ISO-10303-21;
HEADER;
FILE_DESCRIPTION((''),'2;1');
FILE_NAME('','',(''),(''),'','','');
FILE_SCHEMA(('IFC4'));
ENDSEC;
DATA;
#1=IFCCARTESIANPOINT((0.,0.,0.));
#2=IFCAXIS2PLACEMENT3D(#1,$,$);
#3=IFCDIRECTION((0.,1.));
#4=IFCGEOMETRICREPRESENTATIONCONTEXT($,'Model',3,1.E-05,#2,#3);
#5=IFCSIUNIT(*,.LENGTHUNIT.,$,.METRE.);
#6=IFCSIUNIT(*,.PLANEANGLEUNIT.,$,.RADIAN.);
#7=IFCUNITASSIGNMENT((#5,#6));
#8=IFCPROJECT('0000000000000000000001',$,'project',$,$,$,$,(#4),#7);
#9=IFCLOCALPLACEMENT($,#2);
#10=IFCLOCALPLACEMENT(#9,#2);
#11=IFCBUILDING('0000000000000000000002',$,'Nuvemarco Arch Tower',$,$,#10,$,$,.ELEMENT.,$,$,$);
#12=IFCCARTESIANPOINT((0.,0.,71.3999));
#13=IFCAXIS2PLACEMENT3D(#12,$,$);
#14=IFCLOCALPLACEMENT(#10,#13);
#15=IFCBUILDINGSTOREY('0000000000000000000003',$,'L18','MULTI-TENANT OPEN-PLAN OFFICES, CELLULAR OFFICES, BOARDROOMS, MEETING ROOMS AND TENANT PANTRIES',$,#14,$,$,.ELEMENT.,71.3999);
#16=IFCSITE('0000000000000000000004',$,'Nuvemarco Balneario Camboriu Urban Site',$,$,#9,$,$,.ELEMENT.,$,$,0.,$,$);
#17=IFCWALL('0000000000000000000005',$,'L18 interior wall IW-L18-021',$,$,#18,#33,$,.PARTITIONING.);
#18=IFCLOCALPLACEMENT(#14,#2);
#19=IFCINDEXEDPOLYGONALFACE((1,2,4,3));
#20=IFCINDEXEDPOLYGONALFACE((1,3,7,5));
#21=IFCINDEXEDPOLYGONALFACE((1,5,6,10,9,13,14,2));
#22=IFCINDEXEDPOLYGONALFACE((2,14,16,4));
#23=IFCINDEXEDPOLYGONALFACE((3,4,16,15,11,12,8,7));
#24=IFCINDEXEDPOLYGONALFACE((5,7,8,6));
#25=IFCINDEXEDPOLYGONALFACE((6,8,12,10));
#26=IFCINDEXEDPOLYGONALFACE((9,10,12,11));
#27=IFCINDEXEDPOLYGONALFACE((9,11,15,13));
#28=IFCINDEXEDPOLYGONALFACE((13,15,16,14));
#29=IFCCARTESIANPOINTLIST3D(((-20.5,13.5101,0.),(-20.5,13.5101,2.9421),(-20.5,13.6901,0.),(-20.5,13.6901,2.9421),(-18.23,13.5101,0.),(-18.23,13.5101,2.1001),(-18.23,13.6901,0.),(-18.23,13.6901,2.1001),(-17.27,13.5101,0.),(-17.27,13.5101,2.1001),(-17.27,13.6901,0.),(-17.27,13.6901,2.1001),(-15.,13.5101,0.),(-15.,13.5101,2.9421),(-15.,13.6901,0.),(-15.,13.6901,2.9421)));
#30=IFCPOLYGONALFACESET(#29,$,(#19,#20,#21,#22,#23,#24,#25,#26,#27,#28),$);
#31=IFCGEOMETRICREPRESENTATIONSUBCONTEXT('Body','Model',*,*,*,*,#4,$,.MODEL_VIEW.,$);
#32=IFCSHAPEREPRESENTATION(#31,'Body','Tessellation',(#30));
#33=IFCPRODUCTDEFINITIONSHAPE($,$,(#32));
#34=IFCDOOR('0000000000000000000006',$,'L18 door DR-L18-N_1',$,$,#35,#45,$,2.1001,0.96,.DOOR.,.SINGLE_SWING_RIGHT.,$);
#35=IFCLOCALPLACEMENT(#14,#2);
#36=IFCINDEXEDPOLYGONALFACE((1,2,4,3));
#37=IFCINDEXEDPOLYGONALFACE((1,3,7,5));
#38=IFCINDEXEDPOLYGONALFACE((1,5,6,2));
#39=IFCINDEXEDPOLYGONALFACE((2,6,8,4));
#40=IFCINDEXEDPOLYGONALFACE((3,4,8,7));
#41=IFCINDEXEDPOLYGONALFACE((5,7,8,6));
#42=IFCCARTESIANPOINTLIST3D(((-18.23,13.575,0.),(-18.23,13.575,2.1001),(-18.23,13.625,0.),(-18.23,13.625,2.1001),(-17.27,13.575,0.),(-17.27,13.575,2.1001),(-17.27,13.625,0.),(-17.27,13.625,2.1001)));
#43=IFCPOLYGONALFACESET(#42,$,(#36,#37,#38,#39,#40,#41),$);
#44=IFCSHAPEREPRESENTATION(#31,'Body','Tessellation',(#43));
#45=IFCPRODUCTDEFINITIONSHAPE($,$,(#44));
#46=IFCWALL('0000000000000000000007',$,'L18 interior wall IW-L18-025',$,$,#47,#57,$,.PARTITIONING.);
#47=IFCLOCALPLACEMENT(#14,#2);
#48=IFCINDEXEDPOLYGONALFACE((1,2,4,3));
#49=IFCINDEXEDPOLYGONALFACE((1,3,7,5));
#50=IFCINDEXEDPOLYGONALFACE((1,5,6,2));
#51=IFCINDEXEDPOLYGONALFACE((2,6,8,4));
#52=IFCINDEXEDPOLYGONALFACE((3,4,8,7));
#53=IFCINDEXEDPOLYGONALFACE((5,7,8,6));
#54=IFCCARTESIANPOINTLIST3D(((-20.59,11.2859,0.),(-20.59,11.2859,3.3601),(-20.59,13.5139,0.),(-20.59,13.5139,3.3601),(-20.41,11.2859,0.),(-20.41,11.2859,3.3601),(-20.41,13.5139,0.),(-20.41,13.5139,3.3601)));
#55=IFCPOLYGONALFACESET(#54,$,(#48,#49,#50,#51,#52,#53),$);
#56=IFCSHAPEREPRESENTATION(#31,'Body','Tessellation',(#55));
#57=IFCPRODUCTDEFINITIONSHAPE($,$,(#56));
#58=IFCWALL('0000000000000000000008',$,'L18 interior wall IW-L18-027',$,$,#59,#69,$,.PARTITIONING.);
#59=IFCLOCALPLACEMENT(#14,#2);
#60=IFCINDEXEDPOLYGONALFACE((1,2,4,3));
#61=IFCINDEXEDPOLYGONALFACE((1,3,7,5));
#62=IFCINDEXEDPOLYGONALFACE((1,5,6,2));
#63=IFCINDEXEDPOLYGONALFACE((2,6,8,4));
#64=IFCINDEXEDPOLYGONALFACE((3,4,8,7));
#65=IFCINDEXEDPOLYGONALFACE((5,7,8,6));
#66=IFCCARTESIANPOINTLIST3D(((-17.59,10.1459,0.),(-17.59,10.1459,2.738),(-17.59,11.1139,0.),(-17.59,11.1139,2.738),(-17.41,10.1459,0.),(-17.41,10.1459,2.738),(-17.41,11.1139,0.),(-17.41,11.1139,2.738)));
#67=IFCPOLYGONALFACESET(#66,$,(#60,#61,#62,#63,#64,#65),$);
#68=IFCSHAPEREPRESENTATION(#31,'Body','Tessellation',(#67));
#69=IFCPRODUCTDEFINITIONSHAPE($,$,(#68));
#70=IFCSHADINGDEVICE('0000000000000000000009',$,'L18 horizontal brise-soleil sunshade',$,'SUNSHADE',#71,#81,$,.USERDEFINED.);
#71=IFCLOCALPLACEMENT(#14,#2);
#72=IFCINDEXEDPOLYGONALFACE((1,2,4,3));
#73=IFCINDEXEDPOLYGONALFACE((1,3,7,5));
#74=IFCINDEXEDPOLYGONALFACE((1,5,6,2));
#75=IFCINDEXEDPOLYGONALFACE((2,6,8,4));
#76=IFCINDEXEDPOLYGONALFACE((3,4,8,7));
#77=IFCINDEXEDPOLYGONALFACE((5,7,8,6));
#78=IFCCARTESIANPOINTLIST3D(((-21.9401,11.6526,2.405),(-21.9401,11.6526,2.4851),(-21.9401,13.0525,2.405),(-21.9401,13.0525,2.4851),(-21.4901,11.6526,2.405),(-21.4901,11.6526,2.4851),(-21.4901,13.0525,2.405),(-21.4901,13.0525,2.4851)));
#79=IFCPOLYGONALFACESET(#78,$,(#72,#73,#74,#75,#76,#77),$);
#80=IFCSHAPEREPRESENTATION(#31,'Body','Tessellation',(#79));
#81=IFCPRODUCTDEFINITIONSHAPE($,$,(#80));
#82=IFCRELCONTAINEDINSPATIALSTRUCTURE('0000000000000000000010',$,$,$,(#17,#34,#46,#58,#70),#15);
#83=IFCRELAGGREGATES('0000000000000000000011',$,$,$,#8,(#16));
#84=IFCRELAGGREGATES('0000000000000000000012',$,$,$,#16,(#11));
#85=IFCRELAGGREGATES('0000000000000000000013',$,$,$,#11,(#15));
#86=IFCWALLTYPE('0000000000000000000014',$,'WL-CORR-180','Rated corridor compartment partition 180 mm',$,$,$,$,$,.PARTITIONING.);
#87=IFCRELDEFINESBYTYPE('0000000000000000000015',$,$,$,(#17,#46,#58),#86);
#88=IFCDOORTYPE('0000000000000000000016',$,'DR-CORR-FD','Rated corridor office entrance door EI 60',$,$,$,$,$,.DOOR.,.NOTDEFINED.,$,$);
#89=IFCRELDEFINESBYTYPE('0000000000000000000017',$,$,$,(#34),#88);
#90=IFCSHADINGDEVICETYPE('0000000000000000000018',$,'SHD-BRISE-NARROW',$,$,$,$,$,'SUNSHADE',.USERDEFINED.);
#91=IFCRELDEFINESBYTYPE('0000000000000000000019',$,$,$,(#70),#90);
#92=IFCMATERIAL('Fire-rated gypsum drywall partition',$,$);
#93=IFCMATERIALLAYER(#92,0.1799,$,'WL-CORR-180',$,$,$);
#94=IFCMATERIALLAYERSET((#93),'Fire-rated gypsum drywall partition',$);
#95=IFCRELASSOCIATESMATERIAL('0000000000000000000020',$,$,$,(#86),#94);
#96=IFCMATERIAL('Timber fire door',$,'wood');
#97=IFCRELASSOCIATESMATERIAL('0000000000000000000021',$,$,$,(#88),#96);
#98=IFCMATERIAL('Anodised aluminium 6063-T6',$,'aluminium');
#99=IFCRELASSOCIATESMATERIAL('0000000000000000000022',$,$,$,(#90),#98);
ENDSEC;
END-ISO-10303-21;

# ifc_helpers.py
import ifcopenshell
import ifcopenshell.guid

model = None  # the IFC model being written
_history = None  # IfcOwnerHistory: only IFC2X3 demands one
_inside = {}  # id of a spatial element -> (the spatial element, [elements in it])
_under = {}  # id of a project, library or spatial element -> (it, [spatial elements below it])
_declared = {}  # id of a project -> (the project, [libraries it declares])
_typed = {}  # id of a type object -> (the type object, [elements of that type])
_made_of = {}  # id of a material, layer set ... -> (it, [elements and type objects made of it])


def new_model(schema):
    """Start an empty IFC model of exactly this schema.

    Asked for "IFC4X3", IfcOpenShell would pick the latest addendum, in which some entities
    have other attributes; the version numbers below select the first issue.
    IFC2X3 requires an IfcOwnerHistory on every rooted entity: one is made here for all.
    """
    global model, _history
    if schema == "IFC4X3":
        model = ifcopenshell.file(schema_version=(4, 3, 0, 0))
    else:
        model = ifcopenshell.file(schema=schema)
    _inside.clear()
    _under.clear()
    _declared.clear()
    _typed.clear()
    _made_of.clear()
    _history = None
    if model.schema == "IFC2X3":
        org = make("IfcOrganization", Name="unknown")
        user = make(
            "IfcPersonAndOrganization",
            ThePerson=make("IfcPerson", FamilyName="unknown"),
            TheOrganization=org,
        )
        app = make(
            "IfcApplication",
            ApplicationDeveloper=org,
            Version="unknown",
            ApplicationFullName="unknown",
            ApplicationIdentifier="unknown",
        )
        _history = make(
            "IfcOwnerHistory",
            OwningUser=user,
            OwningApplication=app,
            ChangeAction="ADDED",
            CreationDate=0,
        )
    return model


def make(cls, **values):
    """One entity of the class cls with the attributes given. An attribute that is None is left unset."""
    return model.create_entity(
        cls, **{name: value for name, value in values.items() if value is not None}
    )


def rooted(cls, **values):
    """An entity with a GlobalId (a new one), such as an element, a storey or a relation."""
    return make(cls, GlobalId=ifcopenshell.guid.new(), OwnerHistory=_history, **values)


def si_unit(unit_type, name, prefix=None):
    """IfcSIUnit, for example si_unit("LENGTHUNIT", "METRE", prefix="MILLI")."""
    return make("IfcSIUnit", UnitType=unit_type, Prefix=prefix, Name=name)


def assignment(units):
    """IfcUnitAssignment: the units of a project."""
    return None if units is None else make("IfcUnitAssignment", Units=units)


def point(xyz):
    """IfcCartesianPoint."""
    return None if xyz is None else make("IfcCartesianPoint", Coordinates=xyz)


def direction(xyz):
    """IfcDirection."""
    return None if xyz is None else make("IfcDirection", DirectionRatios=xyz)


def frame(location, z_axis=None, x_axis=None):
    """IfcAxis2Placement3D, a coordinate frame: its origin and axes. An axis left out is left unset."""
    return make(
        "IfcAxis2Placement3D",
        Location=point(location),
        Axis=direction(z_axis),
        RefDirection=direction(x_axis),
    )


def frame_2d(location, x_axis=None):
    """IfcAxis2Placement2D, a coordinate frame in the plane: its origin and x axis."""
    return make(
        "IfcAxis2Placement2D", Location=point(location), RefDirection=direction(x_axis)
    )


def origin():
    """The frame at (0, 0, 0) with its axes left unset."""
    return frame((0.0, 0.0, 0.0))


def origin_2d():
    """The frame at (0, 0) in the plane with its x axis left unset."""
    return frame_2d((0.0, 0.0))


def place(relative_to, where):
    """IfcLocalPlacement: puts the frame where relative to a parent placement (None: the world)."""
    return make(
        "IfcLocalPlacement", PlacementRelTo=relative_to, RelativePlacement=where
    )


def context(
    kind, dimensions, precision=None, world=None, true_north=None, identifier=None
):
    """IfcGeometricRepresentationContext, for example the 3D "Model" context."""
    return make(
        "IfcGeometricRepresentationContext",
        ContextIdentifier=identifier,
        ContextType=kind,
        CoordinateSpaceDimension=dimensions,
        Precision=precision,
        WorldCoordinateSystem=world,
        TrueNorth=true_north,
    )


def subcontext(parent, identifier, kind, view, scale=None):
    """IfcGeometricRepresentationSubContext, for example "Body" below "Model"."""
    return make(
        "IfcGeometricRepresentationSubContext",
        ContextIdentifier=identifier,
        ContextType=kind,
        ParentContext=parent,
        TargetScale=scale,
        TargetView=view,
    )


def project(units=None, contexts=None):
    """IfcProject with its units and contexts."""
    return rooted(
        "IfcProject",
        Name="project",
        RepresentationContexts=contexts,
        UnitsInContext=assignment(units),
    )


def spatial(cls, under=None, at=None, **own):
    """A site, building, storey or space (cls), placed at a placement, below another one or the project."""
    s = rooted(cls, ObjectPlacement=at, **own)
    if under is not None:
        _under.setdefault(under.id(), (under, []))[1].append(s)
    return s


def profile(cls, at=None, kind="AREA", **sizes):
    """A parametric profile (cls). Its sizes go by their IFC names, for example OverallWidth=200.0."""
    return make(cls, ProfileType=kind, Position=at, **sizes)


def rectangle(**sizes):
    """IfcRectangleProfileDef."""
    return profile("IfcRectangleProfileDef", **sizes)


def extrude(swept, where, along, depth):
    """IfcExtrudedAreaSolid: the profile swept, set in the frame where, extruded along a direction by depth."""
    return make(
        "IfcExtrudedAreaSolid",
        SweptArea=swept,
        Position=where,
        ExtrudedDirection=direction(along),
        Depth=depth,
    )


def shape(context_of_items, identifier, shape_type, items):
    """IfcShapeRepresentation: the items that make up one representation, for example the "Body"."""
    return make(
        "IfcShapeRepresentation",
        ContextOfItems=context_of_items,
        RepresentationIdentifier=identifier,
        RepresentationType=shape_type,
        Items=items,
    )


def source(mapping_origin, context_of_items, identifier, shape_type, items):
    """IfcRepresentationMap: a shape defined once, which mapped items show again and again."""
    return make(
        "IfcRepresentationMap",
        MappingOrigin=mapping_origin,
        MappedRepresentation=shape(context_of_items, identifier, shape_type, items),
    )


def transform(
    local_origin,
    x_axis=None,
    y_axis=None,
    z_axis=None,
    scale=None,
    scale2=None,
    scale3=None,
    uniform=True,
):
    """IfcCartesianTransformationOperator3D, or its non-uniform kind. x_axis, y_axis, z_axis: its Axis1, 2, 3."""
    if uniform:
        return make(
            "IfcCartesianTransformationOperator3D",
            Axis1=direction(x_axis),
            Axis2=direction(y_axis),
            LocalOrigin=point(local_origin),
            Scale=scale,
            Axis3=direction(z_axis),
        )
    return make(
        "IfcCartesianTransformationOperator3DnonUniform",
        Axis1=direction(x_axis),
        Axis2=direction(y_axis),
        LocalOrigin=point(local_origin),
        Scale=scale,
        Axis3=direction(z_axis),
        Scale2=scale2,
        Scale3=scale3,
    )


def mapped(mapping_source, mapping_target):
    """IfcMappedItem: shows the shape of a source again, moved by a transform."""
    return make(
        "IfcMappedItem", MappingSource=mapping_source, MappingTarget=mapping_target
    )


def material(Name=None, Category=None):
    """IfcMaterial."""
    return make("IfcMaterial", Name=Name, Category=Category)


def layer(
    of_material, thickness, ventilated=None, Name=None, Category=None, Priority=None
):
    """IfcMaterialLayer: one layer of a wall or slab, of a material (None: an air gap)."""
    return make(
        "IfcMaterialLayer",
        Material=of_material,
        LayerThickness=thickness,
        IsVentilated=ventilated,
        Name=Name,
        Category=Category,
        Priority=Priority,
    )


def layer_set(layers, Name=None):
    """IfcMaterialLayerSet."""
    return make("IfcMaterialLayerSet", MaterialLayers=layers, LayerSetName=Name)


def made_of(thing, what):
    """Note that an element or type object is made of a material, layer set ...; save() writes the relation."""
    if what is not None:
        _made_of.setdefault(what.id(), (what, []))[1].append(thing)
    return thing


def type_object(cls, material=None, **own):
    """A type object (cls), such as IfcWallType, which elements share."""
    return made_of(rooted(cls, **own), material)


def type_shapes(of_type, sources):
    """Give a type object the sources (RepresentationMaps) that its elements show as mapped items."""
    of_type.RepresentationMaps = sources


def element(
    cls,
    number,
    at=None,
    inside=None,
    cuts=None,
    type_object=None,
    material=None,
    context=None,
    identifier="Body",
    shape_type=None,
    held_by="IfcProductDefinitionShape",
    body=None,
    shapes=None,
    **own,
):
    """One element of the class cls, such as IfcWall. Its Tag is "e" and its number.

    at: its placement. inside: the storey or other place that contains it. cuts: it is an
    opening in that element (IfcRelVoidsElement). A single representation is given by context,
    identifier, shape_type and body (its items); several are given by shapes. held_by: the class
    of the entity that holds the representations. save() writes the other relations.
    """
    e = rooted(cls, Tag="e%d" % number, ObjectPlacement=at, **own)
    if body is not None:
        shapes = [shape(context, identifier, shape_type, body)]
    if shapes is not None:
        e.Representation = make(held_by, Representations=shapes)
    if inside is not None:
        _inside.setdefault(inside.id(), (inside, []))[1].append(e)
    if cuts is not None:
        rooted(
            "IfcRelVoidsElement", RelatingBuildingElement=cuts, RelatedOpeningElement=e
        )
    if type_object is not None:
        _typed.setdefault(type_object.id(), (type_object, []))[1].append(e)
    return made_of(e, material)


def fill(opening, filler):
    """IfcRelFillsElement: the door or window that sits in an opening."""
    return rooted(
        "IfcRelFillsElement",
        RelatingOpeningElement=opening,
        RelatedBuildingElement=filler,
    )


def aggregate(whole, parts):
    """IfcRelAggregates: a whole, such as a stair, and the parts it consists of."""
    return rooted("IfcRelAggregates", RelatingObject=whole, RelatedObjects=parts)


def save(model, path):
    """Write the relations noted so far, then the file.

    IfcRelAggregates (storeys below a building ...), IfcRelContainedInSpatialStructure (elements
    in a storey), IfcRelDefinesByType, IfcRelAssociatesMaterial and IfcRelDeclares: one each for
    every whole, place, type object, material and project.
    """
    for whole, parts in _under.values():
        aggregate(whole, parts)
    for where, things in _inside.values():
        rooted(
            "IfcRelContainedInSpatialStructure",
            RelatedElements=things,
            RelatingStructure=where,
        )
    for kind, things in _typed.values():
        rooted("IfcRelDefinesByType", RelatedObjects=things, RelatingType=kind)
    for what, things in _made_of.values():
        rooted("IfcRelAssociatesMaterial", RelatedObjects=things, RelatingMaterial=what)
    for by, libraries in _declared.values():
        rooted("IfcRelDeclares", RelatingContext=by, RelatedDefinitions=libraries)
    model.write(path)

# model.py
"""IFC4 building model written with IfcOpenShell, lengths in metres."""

from ifc_helpers import new_model, si_unit, direction, frame, frame_2d, origin, origin_2d, place, context, subcontext, project, spatial, rectangle, extrude, source, transform, mapped, material, layer, layer_set, type_object, type_shapes, element, fill, save


model = new_model("IFC4")

# Units and contexts
model_context = context("Model", 3, precision=1e-05, world=origin(), true_north=direction((0.0, 1.0)))
body_context = subcontext(model_context, "Body", "Model", "MODEL_VIEW")
ifc_project = project(units=[si_unit("LENGTHUNIT", "METRE"), si_unit("PLANEANGLEUNIT", "RADIAN")], contexts=[model_context])

# Site, building, storey
site_placement = place(None, origin())
site = spatial("IfcSite", under=ifc_project, at=site_placement, Name="Nuvemarco Balneario Camboriu Urban Site", CompositionType="ELEMENT", RefElevation=0.0)
building_placement = place(site_placement, origin())
building = spatial("IfcBuilding", under=site, at=building_placement, Name="Nuvemarco Arch Tower", CompositionType="ELEMENT")
storey_placement = place(building_placement, frame((0.0, 0.0, 71.3999)))
storey = spatial("IfcBuildingStorey", under=building, at=storey_placement, Name="L18", Description="MULTI-TENANT OPEN-PLAN OFFICES, CELLULAR OFFICES, BOARDROOMS, MEETING ROOMS AND TENANT PANTRIES", CompositionType="ELEMENT", Elevation=71.3999)

# Shared definitions
ifc_material_1 = material(Name="Fire-rated gypsum drywall partition")
ifc_layer = layer(ifc_material_1, 0.1799, Name="WL-CORR-180")
ifc_layer_set = layer_set([ifc_layer], Name="Fire-rated gypsum drywall partition")
wall_type = type_object("IfcWallType", Name="WL-CORR-180", Description="Rated corridor compartment partition 180 mm", PredefinedType="PARTITIONING", material=ifc_layer_set)
ifc_material_2 = material(Name="Timber fire door", Category="wood")
door_type_1 = type_object("IfcDoorType", Name="DR-CORR-FD", Description="Rated corridor office entrance door EI 60", OperationType="NOTDEFINED", PredefinedType="DOOR", material=ifc_material_2)
shared_shape_1 = source(origin(), body_context, "Body", "SweptSolid", [
    extrude(rectangle(XDim=0.96, YDim=2.1001, at=frame_2d((0.48, 1.05))), frame((0.0, 0.0249, 0.0), z_axis=(0.0, -1.0, 0.0), x_axis=(1.0, 0.0, 0.0)), (0.0, 0.0, 1.0), 0.05),
])
type_shapes(door_type_1, [shared_shape_1])

# Wall, opening, door
wall_1_placement = place(storey_placement, frame((-20.5, 13.6001, 0.0), z_axis=(0.0, 0.0, 1.0), x_axis=(1.0, 0.0, 0.0)))
wall_1 = element("IfcWall", 1, at=wall_1_placement, inside=storey, type_object=wall_type, Name="L18 interior wall IW-L18-021", PredefinedType="PARTITIONING", context=body_context, shape_type="SweptSolid", body=[
    extrude(rectangle(XDim=5.5, YDim=0.1799, at=frame_2d((2.75, 0.0))), origin(), (0.0, 0.0, 1.0), 2.9421),
])
opening_1_placement = place(wall_1_placement, frame((2.27, 0.0, 0.0)))
opening_1 = element("IfcOpeningElement", 2, at=opening_1_placement, cuts=wall_1, PredefinedType="OPENING", context=body_context, shape_type="SweptSolid", body=[
    extrude(rectangle(XDim=0.96, YDim=2.1001, at=frame_2d((0.48, 1.05))), frame((0.0, 0.0999, 0.0), z_axis=(0.0, -1.0, 0.0), x_axis=(1.0, 0.0, 0.0)), (0.0, 0.0, 1.0), 0.2),
])
door_1_placement = place(opening_1_placement, origin())
door_1 = element("IfcDoor", 3, at=door_1_placement, inside=storey, type_object=door_type_1, Name="L18 door DR-L18-N_1", OperationType="SINGLE_SWING_RIGHT", OverallHeight=2.1001, OverallWidth=0.96, PredefinedType="DOOR", context=body_context, shape_type="MappedRepresentation", body=[
    mapped(shared_shape_1, transform((0.0, 0.0, 0.0), scale=1.0)),
])
fill(opening_1, door_1)

# Walls
wall_2_placement = place(storey_placement, frame((-20.5, 11.2859, 0.0), z_axis=(0.0, 0.0, 1.0), x_axis=(0.0, 1.0, 0.0)))
element("IfcWall", 4, at=wall_2_placement, inside=storey, type_object=wall_type, Name="L18 interior wall IW-L18-025", PredefinedType="PARTITIONING", context=body_context, shape_type="SweptSolid", body=[
    extrude(rectangle(XDim=2.228, YDim=0.1799, at=frame_2d((1.114, 0.0))), origin(), (0.0, 0.0, 1.0), 3.3601),
])
wall_3_placement = place(storey_placement, frame((-17.5, 10.146, 0.0), z_axis=(0.0, 0.0, 1.0), x_axis=(0.0, 1.0, 0.0)))
element("IfcWall", 5, at=wall_3_placement, inside=storey, type_object=wall_type, Name="L18 interior wall IW-L18-027", PredefinedType="PARTITIONING", context=body_context, shape_type="SweptSolid", body=[
    extrude(rectangle(XDim=0.968, YDim=0.1799, at=frame_2d((0.4839, 0.0))), origin(), (0.0, 0.0, 1.0), 2.738),
])

# Shading device
ifc_material_3 = material(Name="Anodised aluminium 6063-T6", Category="aluminium")
shading_device_type = type_object("IfcShadingDeviceType", Name="SHD-BRISE-NARROW", ElementType="SUNSHADE", PredefinedType="USERDEFINED", material=ifc_material_3)
shared_shape_2 = source(origin(), body_context, "Body", "SweptSolid", [
    extrude(rectangle(XDim=1.3999, YDim=0.45, at=origin_2d()), origin(), (0.0, 0.0, 1.0), 0.0801),
])
type_shapes(shading_device_type, [shared_shape_2])
shading_device_placement = place(storey_placement, frame((-21.7151, 12.3525, 2.405), z_axis=(0.0, 0.0, 1.0), x_axis=(0.0, 1.0, 0.0)))
element("IfcShadingDevice", 6, at=shading_device_placement, inside=storey, type_object=shading_device_type, Name="L18 horizontal brise-soleil sunshade", ObjectType="SUNSHADE", PredefinedType="USERDEFINED", context=body_context, shape_type="MappedRepresentation", body=[
    mapped(shared_shape_2, transform((0.0, 0.0, 0.0), scale=1.0)),
])

save(model, "model.ifc")
